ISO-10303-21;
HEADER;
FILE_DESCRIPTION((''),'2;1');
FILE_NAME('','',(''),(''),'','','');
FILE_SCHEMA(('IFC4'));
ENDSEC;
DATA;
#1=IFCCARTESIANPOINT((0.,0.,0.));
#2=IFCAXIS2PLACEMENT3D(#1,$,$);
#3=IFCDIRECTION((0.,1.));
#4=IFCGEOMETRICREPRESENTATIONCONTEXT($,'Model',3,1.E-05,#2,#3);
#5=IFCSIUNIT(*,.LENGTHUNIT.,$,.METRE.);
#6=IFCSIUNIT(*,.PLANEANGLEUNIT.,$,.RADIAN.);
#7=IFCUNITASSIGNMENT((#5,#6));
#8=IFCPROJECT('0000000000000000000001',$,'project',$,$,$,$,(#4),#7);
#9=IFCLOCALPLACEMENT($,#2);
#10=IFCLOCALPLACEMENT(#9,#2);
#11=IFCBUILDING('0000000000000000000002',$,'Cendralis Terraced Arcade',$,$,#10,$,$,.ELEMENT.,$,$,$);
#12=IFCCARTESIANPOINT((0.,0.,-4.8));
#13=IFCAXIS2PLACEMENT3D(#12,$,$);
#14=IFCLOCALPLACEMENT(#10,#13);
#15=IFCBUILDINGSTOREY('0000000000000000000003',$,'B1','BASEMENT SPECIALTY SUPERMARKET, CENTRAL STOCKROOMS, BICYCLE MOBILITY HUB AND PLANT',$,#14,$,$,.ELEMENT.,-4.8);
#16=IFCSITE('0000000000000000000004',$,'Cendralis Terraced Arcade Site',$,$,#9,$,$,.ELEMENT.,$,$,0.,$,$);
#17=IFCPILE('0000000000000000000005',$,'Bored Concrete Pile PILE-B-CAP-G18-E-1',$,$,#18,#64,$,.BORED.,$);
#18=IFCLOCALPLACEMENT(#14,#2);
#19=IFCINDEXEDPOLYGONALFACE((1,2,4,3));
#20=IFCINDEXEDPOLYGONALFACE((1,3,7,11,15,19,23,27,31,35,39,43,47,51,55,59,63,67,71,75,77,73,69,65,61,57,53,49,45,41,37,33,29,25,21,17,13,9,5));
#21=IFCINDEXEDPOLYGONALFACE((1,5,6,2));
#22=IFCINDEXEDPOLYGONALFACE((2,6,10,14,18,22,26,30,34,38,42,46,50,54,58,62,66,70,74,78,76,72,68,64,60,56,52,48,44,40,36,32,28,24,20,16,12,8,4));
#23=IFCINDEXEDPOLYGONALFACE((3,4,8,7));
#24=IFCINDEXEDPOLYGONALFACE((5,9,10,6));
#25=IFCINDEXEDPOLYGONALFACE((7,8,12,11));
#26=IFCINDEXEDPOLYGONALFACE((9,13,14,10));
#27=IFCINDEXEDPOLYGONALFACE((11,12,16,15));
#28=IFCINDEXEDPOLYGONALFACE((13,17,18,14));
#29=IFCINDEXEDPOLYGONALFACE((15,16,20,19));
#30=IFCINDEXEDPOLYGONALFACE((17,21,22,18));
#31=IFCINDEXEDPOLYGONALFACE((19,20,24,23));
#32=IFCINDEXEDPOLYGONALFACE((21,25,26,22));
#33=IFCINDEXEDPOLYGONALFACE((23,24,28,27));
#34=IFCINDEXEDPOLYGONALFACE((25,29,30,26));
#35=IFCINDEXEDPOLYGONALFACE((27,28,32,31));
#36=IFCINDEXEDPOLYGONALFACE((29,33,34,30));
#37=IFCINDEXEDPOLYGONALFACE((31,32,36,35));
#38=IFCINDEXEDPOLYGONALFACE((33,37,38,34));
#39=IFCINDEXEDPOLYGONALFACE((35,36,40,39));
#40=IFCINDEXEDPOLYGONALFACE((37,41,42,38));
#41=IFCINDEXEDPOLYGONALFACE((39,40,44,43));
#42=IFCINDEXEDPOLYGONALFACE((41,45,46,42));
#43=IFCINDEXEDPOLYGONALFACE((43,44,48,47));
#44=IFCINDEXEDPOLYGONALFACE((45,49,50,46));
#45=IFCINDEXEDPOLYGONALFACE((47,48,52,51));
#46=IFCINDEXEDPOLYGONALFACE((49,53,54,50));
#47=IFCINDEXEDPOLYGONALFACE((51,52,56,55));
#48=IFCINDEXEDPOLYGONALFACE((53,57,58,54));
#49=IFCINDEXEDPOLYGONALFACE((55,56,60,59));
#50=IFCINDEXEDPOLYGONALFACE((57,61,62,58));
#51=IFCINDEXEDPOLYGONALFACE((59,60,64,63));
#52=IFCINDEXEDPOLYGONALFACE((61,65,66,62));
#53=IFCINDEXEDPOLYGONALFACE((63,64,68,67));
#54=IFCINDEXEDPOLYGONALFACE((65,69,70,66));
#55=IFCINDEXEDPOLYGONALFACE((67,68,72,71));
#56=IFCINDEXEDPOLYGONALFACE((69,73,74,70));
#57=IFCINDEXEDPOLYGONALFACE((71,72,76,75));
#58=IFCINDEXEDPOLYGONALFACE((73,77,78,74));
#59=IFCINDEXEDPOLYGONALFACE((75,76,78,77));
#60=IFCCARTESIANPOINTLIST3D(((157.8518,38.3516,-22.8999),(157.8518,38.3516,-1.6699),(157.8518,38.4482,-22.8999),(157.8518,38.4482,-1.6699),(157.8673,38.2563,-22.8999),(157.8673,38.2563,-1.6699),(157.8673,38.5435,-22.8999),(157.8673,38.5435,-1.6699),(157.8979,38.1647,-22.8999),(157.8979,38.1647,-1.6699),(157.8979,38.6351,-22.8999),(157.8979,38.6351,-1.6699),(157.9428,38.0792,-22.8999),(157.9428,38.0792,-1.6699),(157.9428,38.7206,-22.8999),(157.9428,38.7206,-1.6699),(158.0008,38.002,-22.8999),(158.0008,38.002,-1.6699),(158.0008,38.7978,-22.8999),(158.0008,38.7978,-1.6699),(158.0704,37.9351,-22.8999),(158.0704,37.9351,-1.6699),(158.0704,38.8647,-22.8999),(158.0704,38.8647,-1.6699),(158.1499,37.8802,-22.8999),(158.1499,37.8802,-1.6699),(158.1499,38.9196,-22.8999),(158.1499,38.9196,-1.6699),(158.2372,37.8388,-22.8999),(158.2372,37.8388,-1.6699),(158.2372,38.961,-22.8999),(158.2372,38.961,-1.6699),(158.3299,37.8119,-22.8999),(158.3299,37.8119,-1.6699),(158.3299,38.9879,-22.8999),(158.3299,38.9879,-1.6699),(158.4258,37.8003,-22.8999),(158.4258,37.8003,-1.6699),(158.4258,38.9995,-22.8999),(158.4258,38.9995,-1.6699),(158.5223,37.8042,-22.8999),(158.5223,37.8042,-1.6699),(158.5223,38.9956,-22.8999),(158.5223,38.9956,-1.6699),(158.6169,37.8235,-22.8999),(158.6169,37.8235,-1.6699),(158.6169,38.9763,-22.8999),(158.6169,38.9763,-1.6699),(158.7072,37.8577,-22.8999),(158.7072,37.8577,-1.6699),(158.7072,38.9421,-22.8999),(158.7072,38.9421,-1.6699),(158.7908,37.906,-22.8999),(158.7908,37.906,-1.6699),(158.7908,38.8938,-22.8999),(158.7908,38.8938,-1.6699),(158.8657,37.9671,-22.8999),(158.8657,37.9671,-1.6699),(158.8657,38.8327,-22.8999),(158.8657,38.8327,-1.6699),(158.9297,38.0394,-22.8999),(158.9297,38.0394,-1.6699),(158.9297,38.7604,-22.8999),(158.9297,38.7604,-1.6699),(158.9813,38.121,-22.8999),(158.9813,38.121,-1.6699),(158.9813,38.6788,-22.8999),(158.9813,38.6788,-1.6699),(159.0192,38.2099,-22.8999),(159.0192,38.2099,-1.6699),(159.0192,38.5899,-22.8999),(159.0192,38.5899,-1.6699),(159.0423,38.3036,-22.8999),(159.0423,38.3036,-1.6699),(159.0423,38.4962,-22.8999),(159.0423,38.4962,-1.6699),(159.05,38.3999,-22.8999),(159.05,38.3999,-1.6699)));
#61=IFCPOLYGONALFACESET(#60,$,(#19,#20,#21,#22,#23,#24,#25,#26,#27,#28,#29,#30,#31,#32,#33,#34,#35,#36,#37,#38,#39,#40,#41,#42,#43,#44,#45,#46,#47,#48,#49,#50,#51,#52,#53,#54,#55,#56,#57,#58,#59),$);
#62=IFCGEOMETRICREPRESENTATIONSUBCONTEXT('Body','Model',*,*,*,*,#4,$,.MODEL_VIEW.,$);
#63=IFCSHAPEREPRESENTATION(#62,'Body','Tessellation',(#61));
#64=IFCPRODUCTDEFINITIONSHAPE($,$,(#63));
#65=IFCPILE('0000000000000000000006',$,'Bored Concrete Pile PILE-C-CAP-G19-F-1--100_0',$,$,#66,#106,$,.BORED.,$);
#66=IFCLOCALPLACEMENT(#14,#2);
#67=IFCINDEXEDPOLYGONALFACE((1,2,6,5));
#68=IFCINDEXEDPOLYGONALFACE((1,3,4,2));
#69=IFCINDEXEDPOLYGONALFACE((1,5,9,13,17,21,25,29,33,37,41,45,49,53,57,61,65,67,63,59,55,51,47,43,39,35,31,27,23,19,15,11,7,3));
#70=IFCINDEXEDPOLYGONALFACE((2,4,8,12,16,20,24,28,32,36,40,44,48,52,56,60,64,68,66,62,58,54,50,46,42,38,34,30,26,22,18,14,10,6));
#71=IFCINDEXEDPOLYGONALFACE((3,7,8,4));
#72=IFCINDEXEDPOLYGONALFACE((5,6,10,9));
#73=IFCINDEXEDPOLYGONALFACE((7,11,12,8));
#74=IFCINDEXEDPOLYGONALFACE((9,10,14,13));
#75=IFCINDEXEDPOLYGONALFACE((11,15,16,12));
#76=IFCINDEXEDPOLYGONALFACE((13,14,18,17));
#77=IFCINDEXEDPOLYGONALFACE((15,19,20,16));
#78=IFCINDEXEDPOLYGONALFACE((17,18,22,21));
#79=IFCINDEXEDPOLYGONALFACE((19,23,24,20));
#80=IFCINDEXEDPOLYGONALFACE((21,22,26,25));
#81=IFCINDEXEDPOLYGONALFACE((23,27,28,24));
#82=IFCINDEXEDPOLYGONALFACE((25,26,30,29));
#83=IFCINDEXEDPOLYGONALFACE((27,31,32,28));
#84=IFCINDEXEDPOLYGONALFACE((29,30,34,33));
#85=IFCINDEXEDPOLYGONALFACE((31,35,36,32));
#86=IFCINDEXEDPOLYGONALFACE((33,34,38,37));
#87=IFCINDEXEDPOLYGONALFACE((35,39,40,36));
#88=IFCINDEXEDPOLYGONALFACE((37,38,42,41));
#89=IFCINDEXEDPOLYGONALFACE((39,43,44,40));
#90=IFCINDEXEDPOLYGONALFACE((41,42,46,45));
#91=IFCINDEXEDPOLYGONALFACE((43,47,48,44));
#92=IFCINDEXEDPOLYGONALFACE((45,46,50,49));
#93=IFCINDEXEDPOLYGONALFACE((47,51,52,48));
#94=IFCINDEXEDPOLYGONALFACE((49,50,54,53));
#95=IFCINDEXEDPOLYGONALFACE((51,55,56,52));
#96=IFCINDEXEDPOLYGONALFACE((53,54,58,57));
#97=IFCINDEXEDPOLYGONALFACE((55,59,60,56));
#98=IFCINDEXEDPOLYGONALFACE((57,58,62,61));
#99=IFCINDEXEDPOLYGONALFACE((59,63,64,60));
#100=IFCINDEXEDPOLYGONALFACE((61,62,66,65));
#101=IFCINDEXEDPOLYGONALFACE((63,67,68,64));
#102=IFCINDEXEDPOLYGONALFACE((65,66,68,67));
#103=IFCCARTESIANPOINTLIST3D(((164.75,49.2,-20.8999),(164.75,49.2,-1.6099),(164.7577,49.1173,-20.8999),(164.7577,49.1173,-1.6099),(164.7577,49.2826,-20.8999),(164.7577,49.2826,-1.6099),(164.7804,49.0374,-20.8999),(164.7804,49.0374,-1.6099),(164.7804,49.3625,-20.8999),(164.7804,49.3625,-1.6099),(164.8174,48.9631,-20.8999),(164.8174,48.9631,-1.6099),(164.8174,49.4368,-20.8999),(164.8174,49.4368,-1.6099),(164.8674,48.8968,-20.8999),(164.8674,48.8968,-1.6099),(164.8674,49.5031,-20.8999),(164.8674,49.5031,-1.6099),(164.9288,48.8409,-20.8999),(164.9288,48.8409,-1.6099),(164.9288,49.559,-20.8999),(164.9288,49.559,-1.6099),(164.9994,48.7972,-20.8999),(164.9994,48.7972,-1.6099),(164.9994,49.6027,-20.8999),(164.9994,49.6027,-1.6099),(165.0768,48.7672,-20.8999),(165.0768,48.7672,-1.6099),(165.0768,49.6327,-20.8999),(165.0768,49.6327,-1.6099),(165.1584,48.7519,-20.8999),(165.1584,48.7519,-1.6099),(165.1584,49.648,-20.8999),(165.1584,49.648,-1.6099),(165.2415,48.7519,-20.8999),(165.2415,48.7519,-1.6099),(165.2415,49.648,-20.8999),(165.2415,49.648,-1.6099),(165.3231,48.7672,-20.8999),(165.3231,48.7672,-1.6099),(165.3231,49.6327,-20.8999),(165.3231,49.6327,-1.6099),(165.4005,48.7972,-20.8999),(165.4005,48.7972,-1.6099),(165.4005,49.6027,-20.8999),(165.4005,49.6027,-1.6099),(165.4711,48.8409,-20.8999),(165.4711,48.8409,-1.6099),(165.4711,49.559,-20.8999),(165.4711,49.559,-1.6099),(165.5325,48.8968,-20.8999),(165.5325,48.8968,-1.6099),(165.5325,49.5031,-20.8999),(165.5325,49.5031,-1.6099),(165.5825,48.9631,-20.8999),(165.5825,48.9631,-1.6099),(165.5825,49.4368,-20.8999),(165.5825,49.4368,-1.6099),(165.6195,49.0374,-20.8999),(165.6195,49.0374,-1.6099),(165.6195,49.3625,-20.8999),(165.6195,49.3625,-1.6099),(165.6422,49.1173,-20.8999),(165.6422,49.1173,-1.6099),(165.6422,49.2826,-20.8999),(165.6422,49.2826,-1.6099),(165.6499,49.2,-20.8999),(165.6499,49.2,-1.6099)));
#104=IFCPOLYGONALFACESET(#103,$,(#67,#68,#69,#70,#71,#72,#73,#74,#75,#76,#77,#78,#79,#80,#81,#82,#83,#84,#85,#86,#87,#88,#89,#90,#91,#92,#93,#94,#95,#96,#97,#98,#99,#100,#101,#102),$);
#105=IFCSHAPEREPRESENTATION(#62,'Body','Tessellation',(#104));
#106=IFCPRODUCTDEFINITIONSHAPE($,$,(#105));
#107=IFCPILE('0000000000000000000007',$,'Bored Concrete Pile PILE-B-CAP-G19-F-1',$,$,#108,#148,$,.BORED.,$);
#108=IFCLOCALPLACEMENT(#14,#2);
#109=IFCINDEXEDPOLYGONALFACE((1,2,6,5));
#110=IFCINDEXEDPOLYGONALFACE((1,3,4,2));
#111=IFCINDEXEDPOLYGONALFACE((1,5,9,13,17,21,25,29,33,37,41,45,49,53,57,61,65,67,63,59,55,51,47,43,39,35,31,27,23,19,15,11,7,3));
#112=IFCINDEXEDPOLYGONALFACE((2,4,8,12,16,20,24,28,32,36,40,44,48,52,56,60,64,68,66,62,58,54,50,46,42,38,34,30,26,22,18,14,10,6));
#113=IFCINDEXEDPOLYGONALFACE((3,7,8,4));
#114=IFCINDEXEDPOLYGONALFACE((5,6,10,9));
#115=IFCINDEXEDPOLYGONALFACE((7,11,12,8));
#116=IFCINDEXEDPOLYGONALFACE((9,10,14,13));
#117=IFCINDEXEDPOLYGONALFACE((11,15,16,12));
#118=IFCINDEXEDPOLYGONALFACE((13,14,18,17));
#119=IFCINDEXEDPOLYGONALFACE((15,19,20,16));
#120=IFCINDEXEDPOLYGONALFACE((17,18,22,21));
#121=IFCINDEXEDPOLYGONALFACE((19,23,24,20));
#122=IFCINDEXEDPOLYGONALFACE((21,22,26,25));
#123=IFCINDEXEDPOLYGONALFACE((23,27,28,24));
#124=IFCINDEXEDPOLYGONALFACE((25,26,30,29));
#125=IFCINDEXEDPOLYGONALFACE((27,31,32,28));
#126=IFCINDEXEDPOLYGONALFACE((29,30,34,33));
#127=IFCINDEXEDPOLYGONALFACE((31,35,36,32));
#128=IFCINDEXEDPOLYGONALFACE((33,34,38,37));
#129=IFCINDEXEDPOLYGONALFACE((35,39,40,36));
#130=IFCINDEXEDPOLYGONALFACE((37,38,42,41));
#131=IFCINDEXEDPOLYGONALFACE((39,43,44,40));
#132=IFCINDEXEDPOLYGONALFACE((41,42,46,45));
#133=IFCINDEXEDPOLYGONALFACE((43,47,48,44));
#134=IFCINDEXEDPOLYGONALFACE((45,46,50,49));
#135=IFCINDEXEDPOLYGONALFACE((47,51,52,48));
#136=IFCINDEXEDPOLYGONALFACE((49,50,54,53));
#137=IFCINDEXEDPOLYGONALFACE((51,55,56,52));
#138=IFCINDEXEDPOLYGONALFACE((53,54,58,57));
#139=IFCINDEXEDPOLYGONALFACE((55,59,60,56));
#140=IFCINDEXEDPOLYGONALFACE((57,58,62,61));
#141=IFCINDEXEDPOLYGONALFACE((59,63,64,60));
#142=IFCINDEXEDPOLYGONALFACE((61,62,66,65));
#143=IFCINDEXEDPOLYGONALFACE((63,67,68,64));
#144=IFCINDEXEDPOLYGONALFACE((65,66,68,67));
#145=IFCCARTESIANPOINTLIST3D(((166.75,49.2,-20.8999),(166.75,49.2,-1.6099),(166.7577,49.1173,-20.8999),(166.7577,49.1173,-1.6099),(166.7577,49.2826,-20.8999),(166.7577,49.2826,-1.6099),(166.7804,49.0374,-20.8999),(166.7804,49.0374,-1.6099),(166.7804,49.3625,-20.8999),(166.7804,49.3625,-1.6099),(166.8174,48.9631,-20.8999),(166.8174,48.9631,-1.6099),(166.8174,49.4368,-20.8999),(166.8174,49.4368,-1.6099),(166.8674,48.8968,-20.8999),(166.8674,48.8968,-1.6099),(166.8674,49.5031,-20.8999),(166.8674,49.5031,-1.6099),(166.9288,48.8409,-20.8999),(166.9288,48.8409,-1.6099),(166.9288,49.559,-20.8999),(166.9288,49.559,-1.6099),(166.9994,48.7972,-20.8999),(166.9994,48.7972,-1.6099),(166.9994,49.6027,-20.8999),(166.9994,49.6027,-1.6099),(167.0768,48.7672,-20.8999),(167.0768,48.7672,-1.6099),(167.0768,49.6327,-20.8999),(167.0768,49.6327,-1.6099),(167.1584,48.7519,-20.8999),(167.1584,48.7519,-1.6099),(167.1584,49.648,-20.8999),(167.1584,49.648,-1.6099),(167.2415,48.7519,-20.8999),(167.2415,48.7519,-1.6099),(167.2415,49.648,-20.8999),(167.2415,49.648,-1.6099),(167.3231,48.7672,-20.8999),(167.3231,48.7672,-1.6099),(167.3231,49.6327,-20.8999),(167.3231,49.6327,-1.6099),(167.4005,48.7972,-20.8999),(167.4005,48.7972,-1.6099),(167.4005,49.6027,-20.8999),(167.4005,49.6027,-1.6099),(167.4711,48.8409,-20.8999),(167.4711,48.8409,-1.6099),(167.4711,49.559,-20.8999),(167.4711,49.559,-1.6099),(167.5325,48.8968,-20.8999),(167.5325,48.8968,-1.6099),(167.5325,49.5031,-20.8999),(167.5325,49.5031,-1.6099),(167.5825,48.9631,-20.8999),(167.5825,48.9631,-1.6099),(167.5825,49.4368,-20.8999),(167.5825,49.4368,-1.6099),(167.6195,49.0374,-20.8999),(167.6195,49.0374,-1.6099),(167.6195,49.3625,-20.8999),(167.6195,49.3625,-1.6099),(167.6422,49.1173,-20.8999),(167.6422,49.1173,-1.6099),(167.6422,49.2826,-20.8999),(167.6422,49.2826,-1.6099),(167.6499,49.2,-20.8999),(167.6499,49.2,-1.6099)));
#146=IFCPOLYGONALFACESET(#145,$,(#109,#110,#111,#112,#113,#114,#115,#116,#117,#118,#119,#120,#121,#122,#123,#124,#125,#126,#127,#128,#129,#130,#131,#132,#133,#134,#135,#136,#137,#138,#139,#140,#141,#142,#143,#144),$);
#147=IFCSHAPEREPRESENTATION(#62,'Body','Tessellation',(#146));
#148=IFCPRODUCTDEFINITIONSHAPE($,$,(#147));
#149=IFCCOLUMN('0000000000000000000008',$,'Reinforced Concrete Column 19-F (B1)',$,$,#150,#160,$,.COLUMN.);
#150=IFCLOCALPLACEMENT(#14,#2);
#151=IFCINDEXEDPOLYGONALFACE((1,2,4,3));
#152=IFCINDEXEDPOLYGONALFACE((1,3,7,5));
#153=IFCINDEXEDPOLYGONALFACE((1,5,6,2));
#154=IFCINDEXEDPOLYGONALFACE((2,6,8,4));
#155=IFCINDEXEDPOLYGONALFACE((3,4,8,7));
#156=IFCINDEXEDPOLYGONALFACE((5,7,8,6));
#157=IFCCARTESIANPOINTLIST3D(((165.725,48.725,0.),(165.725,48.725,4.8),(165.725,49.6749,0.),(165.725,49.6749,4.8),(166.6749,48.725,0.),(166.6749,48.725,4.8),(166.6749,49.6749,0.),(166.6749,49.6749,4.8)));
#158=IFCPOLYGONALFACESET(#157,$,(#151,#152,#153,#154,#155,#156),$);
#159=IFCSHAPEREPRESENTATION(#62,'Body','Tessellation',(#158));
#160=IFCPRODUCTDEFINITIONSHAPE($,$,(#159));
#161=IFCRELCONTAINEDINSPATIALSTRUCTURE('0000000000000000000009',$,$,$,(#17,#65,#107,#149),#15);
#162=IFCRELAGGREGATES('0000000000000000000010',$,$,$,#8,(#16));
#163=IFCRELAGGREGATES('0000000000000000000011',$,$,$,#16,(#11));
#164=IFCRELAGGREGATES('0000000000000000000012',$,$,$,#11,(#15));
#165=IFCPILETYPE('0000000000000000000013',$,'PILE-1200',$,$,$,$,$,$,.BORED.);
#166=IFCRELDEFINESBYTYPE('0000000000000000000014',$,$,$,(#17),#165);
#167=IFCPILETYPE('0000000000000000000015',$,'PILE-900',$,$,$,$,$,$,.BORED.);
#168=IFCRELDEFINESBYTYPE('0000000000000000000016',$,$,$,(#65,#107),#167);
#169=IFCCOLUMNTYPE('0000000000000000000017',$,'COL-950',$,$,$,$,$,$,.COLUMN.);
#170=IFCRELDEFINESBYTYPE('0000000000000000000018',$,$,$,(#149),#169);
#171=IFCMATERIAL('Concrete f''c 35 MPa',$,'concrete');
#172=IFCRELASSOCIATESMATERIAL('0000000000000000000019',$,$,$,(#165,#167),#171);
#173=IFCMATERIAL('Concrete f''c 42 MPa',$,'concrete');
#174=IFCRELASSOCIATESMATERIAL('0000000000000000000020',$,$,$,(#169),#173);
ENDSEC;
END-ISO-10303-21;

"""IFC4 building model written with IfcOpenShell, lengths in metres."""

from ifc_helpers import new_model, si_unit, direction, frame, origin, origin_2d, place, context, subcontext, project, spatial, rectangle, circle, extrude, material, material_profile, profile_set, type_object, element, save


model = new_model("IFC4")

# Units and contexts
model_context = context("Model", 3, precision=1e-05, world=origin(), true_north=direction((0.0, 1.0)))
body_context = subcontext(model_context, "Body", "Model", "MODEL_VIEW")
ifc_project = project(units=[si_unit("LENGTHUNIT", "METRE"), si_unit("PLANEANGLEUNIT", "RADIAN")], contexts=[model_context])

# Site, building, storey
site_placement = place(None, origin())
site = spatial("IfcSite", under=ifc_project, at=site_placement, Name="Cendralis Terraced Arcade Site", CompositionType="ELEMENT", RefElevation=0.0)
building_placement = place(site_placement, origin())
building = spatial("IfcBuilding", under=site, at=building_placement, Name="Cendralis Terraced Arcade", CompositionType="ELEMENT")
storey_placement = place(building_placement, frame((0.0, 0.0, -4.8)))
storey = spatial("IfcBuildingStorey", under=building, at=storey_placement, Name="B1", Description="BASEMENT SPECIALTY SUPERMARKET, CENTRAL STOCKROOMS, BICYCLE MOBILITY HUB AND PLANT", CompositionType="ELEMENT", Elevation=-4.8)

# Shared definitions
ifc_material_1 = material(Name="Concrete f'c 35 MPa", Category="concrete")

# Piles
ifc_material_profile_1 = material_profile(ifc_material_1, circle(Radius=0.6001, at=origin_2d()), Name="PILE-D1200", Category="LoadBearing")
ifc_profile_set_1 = profile_set([ifc_material_profile_1], Name="Concrete f'c 35 MPa")
pile_type_1 = type_object("IfcPileType", Name="PILE-1200", PredefinedType="BORED", material=ifc_profile_set_1)
pile_placement = place(storey_placement, frame((158.45, 38.3999, -1.6699), z_axis=(0.0, 0.0, -1.0), x_axis=(1.0, 0.0, 0.0)))
element("IfcPile", 1, at=pile_placement, inside=storey, type_object=pile_type_1, Name="Bored Concrete Pile PILE-B-CAP-G18-E-1", PredefinedType="BORED", context=body_context, shape_type="SweptSolid", body=[
    extrude(circle(Radius=0.6001, at=origin_2d()), origin(), (0.0, 0.0, 1.0), 21.23),
])
ifc_material_profile_2 = material_profile(ifc_material_1, circle(Radius=0.45, at=origin_2d()), Name="PILE-D900", Category="LoadBearing")
ifc_profile_set_2 = profile_set([ifc_material_profile_2], Name="Concrete f'c 35 MPa")
pile_type_2 = type_object("IfcPileType", Name="PILE-900", PredefinedType="BORED", material=ifc_profile_set_2)
for number, where, z_axis, x_axis, name in (
    (2, (165.2, 49.2, -1.6099), (0.0, 0.0, -1.0), (1.0, 0.0, 0.0), "Bored Concrete Pile PILE-C-CAP-G19-F-1--100_0"),
    (3, (167.2, 49.2, -1.6099), (0.0, 0.0, -1.0), (1.0, 0.0, 0.0), "Bored Concrete Pile PILE-B-CAP-G19-F-1"),
):
    element("IfcPile", number, at=place(storey_placement, frame(where, z_axis=z_axis, x_axis=x_axis)), inside=storey, type_object=pile_type_2, Name=name, PredefinedType="BORED", context=body_context, shape_type="SweptSolid", body=[
        extrude(circle(Radius=0.45, at=origin_2d()), origin(), (0.0, 0.0, 1.0), 19.29),
    ])

# Column
ifc_material_2 = material(Name="Concrete f'c 42 MPa", Category="concrete")
ifc_material_profile_3 = material_profile(ifc_material_2, rectangle(XDim=0.95, YDim=0.95, at=origin_2d()), Name="RC-COL-950x950", Category="LoadBearing")
ifc_profile_set_3 = profile_set([ifc_material_profile_3], Name="Concrete f'c 42 MPa")
column_type_1 = type_object("IfcColumnType", Name="COL-950", PredefinedType="COLUMN", material=ifc_profile_set_3)
column_placement = place(storey_placement, frame((166.2, 49.2, 0.0), z_axis=(0.0, 0.0, 1.0), x_axis=(1.0, 0.0, 0.0)))
element("IfcColumn", 4, at=column_placement, inside=storey, type_object=column_type_1, Name="Reinforced Concrete Column 19-F (B1)", PredefinedType="COLUMN", context=body_context, shape_type="SweptSolid", body=[
    extrude(rectangle(XDim=0.95, YDim=0.95, at=origin_2d()), origin(), (0.0, 0.0, 1.0), 4.8),
])

save(model, "model.ifc")
